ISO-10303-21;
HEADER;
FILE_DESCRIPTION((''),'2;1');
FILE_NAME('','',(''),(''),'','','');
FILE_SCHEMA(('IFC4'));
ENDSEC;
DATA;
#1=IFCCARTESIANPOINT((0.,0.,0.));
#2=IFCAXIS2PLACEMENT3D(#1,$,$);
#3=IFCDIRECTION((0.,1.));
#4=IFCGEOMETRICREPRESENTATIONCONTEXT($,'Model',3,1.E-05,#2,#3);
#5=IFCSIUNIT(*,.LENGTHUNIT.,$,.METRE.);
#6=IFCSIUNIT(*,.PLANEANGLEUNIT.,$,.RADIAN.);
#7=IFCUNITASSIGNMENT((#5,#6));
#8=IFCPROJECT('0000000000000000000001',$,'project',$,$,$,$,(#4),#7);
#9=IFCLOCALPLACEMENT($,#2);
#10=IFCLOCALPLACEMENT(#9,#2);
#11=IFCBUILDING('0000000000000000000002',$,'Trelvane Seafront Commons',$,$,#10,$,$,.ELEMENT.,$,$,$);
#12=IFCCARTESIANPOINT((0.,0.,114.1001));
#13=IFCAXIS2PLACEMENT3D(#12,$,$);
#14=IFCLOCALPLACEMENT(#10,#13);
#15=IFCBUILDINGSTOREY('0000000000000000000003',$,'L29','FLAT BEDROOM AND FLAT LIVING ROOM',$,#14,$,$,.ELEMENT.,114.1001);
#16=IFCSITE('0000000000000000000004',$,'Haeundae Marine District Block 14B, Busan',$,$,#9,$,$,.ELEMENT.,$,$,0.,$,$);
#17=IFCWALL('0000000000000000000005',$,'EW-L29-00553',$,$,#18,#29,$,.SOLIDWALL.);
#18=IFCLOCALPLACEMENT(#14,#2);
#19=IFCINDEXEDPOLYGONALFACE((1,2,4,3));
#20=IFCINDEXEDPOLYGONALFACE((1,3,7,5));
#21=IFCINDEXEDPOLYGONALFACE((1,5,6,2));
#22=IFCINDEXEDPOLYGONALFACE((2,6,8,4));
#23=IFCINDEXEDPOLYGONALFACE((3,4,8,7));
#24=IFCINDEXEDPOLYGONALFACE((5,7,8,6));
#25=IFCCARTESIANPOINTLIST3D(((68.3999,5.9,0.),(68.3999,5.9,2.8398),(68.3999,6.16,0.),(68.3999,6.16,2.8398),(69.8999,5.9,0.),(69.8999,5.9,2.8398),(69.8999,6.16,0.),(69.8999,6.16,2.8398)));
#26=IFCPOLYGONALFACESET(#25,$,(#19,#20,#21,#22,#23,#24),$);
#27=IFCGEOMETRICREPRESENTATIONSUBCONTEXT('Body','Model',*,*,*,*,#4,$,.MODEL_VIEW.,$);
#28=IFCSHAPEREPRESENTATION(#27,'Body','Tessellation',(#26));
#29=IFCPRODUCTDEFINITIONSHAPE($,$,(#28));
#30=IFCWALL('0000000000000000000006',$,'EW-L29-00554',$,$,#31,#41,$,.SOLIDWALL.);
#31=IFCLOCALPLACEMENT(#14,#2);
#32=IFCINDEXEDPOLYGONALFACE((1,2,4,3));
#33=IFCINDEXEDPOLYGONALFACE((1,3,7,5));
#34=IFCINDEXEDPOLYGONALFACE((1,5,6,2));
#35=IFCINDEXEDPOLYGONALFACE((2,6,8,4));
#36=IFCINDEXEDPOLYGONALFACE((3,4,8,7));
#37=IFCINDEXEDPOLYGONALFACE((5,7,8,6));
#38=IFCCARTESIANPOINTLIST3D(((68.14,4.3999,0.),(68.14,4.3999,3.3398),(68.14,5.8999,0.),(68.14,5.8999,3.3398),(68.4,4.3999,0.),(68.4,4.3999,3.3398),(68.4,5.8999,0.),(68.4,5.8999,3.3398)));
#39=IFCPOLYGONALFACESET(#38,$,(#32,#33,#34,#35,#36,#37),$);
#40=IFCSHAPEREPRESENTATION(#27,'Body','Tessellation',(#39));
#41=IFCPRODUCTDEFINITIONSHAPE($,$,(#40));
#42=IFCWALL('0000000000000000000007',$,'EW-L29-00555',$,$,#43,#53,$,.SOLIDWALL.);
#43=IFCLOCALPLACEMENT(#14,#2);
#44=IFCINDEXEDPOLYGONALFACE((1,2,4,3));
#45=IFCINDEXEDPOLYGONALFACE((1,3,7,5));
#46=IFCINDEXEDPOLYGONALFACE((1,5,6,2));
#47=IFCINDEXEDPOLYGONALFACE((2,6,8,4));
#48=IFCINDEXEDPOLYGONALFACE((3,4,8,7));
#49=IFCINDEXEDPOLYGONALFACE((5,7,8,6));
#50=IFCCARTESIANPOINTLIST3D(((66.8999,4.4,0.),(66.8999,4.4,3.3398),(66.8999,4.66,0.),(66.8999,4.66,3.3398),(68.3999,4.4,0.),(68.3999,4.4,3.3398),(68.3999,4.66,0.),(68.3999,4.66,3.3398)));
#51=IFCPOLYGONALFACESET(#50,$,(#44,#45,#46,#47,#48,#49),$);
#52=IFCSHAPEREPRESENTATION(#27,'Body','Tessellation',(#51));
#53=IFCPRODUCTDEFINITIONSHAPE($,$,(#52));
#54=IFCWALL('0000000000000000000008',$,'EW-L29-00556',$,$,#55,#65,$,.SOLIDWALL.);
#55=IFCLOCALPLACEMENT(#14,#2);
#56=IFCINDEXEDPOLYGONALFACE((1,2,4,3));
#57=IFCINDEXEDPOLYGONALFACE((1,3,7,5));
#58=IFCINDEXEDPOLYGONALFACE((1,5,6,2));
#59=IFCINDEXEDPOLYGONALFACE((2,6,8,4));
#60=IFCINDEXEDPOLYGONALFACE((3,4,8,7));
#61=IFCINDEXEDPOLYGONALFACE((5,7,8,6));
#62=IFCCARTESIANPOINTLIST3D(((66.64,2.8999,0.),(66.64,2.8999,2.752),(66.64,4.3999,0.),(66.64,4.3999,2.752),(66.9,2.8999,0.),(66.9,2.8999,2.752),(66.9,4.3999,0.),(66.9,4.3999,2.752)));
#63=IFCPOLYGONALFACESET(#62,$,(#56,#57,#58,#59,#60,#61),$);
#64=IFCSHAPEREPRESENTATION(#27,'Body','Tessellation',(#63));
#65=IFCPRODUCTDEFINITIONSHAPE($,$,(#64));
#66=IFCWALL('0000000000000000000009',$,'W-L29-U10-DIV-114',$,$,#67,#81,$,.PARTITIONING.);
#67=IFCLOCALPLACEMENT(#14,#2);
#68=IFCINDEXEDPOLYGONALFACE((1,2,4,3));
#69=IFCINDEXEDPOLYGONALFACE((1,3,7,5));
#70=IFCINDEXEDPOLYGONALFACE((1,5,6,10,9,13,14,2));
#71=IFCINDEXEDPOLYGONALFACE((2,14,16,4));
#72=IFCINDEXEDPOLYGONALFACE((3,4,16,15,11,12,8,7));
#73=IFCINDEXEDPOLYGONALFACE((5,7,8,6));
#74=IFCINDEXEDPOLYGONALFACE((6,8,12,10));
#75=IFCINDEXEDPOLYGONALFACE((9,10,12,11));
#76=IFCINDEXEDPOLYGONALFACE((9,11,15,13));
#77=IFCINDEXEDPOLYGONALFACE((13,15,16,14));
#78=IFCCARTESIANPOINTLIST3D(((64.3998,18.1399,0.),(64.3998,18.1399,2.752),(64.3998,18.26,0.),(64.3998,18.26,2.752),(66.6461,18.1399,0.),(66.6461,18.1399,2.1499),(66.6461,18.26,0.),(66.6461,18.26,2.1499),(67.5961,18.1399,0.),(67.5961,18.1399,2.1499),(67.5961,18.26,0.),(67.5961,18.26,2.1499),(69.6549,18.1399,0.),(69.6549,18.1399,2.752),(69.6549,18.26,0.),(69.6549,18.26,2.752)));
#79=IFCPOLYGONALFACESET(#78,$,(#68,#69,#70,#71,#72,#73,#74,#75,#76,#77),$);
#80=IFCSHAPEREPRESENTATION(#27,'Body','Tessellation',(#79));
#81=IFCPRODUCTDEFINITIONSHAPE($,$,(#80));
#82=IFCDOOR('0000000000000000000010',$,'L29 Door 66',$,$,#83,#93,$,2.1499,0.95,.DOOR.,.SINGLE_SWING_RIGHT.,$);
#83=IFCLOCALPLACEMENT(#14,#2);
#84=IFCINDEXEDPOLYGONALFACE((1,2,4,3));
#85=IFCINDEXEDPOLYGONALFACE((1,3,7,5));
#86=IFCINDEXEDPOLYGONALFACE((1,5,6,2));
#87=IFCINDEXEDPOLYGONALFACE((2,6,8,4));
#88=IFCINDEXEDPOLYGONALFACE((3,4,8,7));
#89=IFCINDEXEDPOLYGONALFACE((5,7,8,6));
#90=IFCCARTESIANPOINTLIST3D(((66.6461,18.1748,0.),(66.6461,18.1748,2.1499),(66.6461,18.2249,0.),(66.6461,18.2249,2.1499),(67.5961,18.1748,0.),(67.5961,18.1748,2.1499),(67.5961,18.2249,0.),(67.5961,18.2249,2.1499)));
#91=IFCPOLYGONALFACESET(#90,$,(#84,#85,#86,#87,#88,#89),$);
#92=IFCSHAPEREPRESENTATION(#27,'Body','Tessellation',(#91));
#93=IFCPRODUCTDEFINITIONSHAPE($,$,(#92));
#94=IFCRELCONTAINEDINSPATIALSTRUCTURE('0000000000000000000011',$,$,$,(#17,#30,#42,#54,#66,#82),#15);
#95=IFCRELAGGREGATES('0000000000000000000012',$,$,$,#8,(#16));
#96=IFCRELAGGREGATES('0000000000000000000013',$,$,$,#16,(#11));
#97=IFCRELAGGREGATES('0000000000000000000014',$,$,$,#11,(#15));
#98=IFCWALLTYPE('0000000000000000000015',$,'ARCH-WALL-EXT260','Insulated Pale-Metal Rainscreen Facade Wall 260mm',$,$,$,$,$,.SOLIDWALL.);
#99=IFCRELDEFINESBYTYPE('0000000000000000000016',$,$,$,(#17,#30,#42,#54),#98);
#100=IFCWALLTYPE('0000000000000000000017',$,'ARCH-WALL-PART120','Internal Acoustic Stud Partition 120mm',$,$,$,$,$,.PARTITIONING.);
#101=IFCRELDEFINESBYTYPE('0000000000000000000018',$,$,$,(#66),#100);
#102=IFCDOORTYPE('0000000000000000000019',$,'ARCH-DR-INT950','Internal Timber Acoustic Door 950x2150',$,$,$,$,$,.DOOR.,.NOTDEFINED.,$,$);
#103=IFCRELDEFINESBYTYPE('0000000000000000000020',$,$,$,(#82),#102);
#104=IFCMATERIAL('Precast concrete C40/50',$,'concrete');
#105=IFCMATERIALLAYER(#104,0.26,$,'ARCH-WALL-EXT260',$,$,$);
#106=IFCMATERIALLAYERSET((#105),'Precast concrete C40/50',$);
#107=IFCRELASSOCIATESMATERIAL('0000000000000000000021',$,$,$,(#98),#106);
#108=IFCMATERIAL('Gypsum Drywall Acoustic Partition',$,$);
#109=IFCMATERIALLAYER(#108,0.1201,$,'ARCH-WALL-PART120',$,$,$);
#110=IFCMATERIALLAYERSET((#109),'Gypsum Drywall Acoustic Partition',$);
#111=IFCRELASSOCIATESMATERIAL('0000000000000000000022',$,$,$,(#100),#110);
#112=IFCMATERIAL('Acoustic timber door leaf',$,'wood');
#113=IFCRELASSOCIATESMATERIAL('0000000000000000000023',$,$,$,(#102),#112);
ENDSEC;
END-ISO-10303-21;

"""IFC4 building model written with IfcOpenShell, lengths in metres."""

from ifc_helpers import new_model, si_unit, direction, frame, frame_2d, origin, place, context, subcontext, project, spatial, rectangle, extrude, source, transform, mapped, material, layer, layer_set, type_object, element, fill, save


model = new_model("IFC4")

# Units and contexts
model_context = context("Model", 3, precision=1e-05, world=origin(), true_north=direction((0.0, 1.0)))
body_context = subcontext(model_context, "Body", "Model", "MODEL_VIEW")
ifc_project = project(units=[si_unit("LENGTHUNIT", "METRE"), si_unit("PLANEANGLEUNIT", "RADIAN")], contexts=[model_context])

# Site, building, storey
site_placement = place(None, origin())
site = spatial("IfcSite", under=ifc_project, at=site_placement, Name="Haeundae Marine District Block 14B, Busan", CompositionType="ELEMENT", RefElevation=0.0)
building_placement = place(site_placement, origin())
building = spatial("IfcBuilding", under=site, at=building_placement, Name="Trelvane Seafront Commons", CompositionType="ELEMENT")
storey_placement = place(building_placement, frame((0.0, 0.0, 114.1001)))
storey = spatial("IfcBuildingStorey", under=building, at=storey_placement, Name="L29", Description="FLAT BEDROOM AND FLAT LIVING ROOM", CompositionType="ELEMENT", Elevation=114.1001)

# Walls
ifc_material_1 = material(Name="Precast concrete C40/50", Category="concrete")
ifc_layer_1 = layer(ifc_material_1, 0.26, Name="ARCH-WALL-EXT260")
ifc_layer_set_1 = layer_set([ifc_layer_1], Name="Precast concrete C40/50")
wall_type_1 = type_object("IfcWallType", Name="ARCH-WALL-EXT260", Description="Insulated Pale-Metal Rainscreen Facade Wall 260mm", PredefinedType="SOLIDWALL", material=ifc_layer_set_1)
wall_1_placement = place(storey_placement, frame((69.8999, 6.03, 0.0), z_axis=(0.0, 0.0, 1.0), x_axis=(-1.0, 0.0, 0.0)))
element("IfcWall", 1, at=wall_1_placement, inside=storey, type_object=wall_type_1, Name="EW-L29-00553", PredefinedType="SOLIDWALL", context=body_context, shape_type="SweptSolid", body=[
    extrude(rectangle(XDim=1.5, YDim=0.26, at=frame_2d((0.75, 0.0))), origin(), (0.0, 0.0, 1.0), 2.8398),
])
for number, where, z_axis, x_axis, name in (
    (2, (68.27, 5.8999, 0.0), (0.0, 0.0, 1.0), (0.0, -1.0, 0.0), "EW-L29-00554"),
    (3, (68.3999, 4.53, 0.0), (0.0, 0.0, 1.0), (-1.0, 0.0, 0.0), "EW-L29-00555"),
):
    element("IfcWall", number, at=place(storey_placement, frame(where, z_axis=z_axis, x_axis=x_axis)), inside=storey, type_object=wall_type_1, Name=name, PredefinedType="SOLIDWALL", context=body_context, shape_type="SweptSolid", body=[
        extrude(rectangle(XDim=1.5, YDim=0.26, at=frame_2d((0.75, 0.0))), origin(), (0.0, 0.0, 1.0), 3.3398),
    ])
wall_2_placement = place(storey_placement, frame((66.77, 4.3999, 0.0), z_axis=(0.0, 0.0, 1.0), x_axis=(0.0, -1.0, 0.0)))
element("IfcWall", 4, at=wall_2_placement, inside=storey, type_object=wall_type_1, Name="EW-L29-00556", PredefinedType="SOLIDWALL", context=body_context, shape_type="SweptSolid", body=[
    extrude(rectangle(XDim=1.5, YDim=0.26, at=frame_2d((0.75, 0.0))), origin(), (0.0, 0.0, 1.0), 2.752),
])

# Wall, opening, door
ifc_material_2 = material(Name="Gypsum Drywall Acoustic Partition")
ifc_layer_2 = layer(ifc_material_2, 0.1201, Name="ARCH-WALL-PART120")
ifc_layer_set_2 = layer_set([ifc_layer_2], Name="Gypsum Drywall Acoustic Partition")
wall_type_2 = type_object("IfcWallType", Name="ARCH-WALL-PART120", Description="Internal Acoustic Stud Partition 120mm", PredefinedType="PARTITIONING", material=ifc_layer_set_2)
wall_3_placement = place(storey_placement, frame((64.3999, 18.2, 0.0), z_axis=(0.0, 0.0, 1.0), x_axis=(1.0, 0.0, 0.0)))
wall_3 = element("IfcWall", 5, at=wall_3_placement, inside=storey, type_object=wall_type_2, Name="W-L29-U10-DIV-114", PredefinedType="PARTITIONING", context=body_context, shape_type="SweptSolid", body=[
    extrude(rectangle(XDim=5.2551, YDim=0.1201, at=frame_2d((2.6274, 0.0))), origin(), (0.0, 0.0, 1.0), 2.752),
])
opening_placement = place(wall_3_placement, frame((2.2461, 0.0, 0.0)))
opening = element("IfcOpeningElement", 6, at=opening_placement, cuts=wall_3, PredefinedType="OPENING", context=body_context, shape_type="SweptSolid", body=[
    extrude(rectangle(XDim=0.95, YDim=2.1499, at=frame_2d((0.4751, 1.075))), frame((0.0, 0.0701, 0.0), z_axis=(0.0, -1.0, 0.0), x_axis=(1.0, 0.0, 0.0)), (0.0, 0.0, 1.0), 0.1401),
])
ifc_material_3 = material(Name="Acoustic timber door leaf", Category="wood")
door_type = type_object("IfcDoorType", Name="ARCH-DR-INT950", Description="Internal Timber Acoustic Door 950x2150", OperationType="NOTDEFINED", PredefinedType="DOOR", material=ifc_material_3)
shared_shape_1 = source(origin(), body_context, "Body", "SweptSolid", [
    extrude(rectangle(XDim=0.95, YDim=2.1499, at=frame_2d((0.4751, 1.075))), frame((0.0, 0.0249, 0.0), z_axis=(0.0, -1.0, 0.0), x_axis=(1.0, 0.0, 0.0)), (0.0, 0.0, 1.0), 0.05),
])
door_placement = place(opening_placement, origin())
door = element("IfcDoor", 7, at=door_placement, inside=storey, type_object=door_type, Name="L29 Door 66", OperationType="SINGLE_SWING_RIGHT", OverallHeight=2.1499, OverallWidth=0.95, PredefinedType="DOOR", context=body_context, shape_type="MappedRepresentation", body=[
    mapped(shared_shape_1, transform((0.0, 0.0, 0.0), x_axis=(1.0, 0.0, 0.0), y_axis=(0.0, 1.0, 0.0), z_axis=(0.0, 0.0, 1.0), scale=1.0)),
])
fill(opening, door)

save(model, "model.ifc")
